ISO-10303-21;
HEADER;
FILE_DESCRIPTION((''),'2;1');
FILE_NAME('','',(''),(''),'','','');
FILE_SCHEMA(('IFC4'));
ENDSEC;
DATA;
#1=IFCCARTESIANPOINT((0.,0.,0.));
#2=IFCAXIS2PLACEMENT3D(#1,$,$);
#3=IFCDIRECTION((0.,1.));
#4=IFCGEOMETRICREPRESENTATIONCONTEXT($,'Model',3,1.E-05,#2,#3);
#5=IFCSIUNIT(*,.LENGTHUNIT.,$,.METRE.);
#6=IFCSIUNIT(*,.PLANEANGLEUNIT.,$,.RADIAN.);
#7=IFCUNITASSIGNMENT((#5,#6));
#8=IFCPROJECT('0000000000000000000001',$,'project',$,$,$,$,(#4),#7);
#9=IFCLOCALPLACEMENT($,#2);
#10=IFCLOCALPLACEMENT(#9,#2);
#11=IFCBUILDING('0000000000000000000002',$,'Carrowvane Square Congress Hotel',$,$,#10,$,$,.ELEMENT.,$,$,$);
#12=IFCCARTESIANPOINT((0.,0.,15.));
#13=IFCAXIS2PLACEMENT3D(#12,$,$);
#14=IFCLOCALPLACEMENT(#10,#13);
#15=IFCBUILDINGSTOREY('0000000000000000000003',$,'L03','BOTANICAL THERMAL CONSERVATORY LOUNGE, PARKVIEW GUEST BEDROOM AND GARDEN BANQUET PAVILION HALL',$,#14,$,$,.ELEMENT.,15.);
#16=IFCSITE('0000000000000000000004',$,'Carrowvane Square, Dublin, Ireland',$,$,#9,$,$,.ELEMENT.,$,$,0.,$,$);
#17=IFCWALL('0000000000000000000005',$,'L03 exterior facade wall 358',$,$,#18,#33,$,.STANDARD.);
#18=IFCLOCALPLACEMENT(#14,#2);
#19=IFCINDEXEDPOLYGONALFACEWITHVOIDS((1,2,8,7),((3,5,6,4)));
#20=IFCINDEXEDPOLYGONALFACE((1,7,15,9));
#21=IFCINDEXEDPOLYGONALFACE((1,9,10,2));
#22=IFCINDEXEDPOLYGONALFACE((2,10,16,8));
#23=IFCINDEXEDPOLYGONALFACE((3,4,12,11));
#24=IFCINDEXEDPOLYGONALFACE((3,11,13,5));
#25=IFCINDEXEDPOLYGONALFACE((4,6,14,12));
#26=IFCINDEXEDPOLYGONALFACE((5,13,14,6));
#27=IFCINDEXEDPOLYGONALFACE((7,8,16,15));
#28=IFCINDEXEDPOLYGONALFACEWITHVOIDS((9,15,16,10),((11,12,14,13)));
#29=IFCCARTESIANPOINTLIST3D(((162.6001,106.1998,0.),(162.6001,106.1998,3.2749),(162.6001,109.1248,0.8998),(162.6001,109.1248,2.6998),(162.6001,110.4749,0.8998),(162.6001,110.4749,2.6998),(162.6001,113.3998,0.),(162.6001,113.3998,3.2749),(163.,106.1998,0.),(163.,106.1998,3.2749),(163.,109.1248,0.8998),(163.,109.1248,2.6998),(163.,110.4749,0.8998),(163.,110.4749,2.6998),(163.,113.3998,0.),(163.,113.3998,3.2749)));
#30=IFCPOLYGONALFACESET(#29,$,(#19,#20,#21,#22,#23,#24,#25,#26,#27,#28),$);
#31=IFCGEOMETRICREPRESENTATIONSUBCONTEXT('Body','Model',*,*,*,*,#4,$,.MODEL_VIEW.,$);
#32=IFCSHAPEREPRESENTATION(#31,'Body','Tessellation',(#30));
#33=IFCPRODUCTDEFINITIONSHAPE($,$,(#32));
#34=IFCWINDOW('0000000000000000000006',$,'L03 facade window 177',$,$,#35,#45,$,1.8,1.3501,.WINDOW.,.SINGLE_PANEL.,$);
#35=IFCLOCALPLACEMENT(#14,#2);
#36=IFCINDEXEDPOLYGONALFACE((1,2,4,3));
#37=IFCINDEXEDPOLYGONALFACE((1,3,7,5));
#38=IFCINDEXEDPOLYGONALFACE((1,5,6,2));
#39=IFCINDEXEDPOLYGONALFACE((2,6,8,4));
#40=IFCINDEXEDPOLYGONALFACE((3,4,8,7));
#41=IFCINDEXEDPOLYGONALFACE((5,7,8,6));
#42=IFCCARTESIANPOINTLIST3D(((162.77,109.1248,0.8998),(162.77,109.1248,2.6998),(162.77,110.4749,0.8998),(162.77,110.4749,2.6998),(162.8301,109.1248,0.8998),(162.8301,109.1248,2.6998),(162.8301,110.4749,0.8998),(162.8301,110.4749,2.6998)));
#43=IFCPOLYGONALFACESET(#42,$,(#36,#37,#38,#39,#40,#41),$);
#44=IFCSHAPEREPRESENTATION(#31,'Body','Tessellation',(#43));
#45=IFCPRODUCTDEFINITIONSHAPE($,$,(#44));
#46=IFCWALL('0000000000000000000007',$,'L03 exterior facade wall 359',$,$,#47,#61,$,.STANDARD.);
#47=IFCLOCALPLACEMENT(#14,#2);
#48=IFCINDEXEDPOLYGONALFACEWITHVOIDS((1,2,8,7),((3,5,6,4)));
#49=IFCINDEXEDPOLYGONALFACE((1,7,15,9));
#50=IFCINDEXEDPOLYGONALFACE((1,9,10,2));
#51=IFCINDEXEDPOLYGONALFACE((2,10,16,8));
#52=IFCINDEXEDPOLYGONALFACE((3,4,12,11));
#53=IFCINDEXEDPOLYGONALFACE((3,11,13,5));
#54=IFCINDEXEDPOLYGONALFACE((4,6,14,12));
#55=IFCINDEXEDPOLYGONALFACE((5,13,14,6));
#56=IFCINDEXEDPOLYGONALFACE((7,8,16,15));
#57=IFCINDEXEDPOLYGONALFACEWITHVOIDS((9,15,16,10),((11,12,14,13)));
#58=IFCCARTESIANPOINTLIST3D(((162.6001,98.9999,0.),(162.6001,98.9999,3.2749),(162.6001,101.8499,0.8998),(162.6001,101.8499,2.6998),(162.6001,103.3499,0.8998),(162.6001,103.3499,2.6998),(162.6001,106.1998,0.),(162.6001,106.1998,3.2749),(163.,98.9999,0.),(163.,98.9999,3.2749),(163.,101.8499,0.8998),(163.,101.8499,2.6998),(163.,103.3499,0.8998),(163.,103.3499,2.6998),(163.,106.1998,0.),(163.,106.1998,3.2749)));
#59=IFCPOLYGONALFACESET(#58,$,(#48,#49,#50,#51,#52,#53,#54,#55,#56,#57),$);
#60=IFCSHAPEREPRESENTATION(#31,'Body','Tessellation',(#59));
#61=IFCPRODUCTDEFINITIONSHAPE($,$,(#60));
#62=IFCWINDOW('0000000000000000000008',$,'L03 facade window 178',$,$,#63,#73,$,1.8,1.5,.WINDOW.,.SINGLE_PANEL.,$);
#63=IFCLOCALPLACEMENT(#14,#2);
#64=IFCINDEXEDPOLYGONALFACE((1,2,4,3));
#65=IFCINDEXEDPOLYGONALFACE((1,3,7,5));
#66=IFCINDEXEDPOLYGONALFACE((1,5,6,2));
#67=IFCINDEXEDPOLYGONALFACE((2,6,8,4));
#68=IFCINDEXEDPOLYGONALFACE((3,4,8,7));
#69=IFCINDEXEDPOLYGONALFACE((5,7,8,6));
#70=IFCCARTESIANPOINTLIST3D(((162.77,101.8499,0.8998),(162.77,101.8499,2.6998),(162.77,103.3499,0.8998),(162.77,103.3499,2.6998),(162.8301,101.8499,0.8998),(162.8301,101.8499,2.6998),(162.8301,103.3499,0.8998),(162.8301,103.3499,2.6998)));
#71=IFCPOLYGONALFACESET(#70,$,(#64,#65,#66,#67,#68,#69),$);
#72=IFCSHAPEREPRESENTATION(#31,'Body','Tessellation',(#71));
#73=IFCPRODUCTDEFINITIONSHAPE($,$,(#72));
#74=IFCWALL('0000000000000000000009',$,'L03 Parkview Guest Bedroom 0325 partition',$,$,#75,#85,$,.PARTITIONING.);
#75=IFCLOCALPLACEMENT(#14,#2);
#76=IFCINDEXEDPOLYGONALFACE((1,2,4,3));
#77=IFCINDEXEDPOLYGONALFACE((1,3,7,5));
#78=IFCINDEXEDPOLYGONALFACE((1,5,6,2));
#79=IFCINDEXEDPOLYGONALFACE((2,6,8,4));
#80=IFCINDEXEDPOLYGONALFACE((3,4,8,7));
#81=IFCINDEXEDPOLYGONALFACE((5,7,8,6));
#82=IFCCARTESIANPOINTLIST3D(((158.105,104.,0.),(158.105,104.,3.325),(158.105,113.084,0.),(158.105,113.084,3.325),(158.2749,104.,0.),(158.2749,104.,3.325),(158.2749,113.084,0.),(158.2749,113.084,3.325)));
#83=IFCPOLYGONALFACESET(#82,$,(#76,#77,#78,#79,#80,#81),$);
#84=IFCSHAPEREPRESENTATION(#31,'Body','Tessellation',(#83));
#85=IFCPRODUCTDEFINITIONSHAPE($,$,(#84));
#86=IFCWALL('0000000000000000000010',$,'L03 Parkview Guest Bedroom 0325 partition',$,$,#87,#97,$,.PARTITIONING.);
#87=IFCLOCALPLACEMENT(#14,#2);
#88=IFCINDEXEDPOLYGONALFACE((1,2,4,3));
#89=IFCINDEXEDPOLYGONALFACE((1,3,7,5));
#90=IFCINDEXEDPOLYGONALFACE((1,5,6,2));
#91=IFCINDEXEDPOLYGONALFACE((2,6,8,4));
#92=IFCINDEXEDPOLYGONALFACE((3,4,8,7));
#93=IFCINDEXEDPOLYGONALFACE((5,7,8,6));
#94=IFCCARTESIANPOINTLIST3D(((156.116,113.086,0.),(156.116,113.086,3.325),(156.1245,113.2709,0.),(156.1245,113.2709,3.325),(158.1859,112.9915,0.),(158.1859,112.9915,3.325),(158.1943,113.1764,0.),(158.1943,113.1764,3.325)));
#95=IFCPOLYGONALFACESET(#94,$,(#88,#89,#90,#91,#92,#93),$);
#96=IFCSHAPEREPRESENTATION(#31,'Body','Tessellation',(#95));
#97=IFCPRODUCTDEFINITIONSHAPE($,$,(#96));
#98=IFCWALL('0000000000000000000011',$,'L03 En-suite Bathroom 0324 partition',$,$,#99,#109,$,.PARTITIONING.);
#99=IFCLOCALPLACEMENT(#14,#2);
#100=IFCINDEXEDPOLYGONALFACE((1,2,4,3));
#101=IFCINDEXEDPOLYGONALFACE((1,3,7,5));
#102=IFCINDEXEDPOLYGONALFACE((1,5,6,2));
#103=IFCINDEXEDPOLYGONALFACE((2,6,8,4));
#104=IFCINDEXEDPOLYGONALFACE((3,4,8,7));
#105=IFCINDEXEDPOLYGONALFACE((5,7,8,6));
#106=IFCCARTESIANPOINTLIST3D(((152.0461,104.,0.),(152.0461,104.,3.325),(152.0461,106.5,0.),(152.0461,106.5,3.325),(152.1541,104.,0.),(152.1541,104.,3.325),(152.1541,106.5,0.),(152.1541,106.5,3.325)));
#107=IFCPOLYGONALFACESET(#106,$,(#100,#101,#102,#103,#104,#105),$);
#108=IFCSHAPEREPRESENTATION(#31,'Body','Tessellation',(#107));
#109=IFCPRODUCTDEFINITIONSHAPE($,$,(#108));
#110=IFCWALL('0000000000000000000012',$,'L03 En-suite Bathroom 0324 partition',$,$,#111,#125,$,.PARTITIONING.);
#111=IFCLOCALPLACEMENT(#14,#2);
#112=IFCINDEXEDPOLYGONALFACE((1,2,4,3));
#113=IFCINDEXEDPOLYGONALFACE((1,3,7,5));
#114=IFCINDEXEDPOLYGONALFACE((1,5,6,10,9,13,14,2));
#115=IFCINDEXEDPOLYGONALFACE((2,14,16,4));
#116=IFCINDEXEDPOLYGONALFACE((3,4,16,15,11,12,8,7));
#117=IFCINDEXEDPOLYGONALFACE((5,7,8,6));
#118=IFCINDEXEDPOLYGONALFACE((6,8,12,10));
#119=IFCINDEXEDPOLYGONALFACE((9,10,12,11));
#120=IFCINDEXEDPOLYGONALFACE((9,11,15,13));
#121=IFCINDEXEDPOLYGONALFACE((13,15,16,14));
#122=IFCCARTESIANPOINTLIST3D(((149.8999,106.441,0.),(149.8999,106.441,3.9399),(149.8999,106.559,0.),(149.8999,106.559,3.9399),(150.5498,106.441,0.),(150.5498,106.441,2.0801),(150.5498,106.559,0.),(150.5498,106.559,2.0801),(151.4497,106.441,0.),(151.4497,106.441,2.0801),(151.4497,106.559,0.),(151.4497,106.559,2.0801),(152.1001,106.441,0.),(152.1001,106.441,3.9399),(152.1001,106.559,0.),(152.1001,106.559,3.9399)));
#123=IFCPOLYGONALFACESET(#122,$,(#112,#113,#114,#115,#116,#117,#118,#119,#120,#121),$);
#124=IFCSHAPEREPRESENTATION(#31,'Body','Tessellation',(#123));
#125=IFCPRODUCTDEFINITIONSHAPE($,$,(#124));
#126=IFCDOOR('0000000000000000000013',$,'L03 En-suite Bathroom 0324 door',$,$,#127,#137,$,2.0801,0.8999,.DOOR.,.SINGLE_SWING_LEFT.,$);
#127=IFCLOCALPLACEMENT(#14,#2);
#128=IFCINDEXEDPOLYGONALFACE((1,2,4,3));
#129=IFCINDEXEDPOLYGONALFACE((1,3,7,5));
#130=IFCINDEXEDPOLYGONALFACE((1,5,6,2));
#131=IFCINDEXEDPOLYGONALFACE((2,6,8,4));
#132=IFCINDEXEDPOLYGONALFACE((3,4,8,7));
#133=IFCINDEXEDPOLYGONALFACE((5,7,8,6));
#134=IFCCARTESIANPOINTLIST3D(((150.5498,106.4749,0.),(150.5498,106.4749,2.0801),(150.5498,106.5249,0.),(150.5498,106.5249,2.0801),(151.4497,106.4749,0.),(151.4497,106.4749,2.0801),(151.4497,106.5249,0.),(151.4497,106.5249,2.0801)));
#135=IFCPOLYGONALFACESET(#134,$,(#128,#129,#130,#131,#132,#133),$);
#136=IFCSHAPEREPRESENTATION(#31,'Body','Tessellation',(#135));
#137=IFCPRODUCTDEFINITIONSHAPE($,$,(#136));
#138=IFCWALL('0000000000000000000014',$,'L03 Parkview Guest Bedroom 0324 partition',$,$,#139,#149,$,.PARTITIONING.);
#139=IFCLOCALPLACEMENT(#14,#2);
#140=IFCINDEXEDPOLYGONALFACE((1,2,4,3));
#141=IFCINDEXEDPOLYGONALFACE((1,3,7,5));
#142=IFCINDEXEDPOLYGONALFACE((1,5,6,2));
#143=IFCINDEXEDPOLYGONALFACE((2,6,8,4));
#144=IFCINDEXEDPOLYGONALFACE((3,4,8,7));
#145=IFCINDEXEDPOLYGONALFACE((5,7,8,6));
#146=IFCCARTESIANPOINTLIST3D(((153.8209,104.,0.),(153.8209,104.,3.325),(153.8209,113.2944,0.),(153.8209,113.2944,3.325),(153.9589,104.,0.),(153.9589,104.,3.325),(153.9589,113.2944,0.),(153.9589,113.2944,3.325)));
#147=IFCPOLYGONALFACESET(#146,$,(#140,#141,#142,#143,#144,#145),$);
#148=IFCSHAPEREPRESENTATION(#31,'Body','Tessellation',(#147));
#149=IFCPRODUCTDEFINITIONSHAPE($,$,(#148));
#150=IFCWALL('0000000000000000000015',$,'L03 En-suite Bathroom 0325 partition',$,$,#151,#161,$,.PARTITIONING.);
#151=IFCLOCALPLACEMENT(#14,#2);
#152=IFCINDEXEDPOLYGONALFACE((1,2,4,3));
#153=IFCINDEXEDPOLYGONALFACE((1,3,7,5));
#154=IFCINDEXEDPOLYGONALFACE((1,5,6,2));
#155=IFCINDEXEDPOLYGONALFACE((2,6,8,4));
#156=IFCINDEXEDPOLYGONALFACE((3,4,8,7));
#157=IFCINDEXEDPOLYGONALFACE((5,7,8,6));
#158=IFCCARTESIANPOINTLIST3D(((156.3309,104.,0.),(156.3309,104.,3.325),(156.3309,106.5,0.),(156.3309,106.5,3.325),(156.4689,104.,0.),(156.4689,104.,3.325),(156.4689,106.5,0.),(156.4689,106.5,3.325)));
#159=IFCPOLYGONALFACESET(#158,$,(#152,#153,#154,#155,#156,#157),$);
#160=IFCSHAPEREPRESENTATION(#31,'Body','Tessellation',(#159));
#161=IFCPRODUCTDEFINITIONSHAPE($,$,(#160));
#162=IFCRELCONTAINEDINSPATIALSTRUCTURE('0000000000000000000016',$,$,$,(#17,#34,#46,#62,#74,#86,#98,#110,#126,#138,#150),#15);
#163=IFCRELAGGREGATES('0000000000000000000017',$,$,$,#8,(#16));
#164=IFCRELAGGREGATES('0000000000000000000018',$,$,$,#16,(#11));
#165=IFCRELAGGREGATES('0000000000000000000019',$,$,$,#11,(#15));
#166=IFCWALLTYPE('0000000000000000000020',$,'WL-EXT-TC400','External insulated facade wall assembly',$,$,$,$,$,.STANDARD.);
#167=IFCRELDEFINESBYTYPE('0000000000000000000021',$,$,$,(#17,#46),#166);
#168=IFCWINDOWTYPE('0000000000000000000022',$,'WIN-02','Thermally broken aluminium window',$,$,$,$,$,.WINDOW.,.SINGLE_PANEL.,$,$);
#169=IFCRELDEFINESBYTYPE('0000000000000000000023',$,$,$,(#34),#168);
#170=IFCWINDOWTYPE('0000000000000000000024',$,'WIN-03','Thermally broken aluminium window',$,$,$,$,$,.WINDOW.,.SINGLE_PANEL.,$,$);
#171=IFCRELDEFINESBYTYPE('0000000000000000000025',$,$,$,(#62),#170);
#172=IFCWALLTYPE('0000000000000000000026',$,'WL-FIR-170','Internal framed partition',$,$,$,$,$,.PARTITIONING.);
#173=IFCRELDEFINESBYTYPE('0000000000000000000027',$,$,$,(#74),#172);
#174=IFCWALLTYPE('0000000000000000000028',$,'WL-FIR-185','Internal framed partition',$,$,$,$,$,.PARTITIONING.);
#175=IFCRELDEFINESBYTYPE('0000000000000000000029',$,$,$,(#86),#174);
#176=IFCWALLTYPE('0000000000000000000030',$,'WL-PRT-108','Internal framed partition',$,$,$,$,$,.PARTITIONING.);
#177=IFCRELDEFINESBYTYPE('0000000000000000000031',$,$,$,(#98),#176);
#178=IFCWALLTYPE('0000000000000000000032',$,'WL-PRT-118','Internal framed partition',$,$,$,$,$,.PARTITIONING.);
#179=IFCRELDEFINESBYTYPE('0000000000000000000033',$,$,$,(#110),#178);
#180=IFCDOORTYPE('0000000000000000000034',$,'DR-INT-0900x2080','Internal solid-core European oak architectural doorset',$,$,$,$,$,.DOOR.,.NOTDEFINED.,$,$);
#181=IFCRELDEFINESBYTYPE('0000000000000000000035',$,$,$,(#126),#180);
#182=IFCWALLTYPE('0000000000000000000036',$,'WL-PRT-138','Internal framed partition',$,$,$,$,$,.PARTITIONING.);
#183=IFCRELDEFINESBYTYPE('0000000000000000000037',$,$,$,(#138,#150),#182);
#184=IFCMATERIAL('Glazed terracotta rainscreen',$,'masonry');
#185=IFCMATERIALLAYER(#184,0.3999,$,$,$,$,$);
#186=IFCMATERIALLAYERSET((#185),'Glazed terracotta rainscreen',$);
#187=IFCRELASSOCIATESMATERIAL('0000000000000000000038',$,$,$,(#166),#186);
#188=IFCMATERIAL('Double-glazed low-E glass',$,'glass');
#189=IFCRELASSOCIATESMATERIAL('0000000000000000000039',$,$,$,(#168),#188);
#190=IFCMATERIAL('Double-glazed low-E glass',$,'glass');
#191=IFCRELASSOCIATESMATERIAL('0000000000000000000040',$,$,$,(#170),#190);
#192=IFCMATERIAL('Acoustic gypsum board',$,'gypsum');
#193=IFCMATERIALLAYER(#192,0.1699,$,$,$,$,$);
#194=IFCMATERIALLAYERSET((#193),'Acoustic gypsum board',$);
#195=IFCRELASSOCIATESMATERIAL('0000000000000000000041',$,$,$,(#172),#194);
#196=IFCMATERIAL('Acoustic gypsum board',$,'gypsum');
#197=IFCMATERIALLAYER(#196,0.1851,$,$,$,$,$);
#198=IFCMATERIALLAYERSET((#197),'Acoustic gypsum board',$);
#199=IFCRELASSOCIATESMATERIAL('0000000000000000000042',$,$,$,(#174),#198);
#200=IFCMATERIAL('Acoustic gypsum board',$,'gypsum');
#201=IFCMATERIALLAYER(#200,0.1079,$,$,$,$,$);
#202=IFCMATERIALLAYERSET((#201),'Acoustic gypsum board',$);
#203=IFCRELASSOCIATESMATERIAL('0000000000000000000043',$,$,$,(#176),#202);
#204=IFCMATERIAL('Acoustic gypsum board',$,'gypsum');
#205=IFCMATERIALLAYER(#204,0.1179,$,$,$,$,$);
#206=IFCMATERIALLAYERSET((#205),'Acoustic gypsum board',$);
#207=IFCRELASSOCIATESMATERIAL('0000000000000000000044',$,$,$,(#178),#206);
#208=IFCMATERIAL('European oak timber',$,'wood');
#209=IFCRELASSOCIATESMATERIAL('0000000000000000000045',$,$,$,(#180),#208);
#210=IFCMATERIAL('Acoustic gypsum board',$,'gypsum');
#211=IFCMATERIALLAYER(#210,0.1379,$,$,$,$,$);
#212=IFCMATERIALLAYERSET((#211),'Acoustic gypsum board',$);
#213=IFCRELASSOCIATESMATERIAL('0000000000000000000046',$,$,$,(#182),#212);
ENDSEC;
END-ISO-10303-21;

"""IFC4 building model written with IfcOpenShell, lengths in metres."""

from ifc_helpers import new_model, si_unit, direction, frame, frame_2d, origin, place, context, subcontext, project, spatial, rectangle, extrude, material, layer, layer_set, type_object, element, fill, save


model = new_model("IFC4")

# Units and contexts
model_context = context("Model", 3, precision=1e-05, world=origin(), true_north=direction((0.0, 1.0)))
body_context = subcontext(model_context, "Body", "Model", "MODEL_VIEW")
ifc_project = project(units=[si_unit("LENGTHUNIT", "METRE"), si_unit("PLANEANGLEUNIT", "RADIAN")], contexts=[model_context])

# Site, building, storey
site_placement = place(None, origin())
site = spatial("IfcSite", under=ifc_project, at=site_placement, Name="Carrowvane Square, Dublin, Ireland", CompositionType="ELEMENT", RefElevation=0.0)
building_placement = place(site_placement, origin())
building = spatial("IfcBuilding", under=site, at=building_placement, Name="Carrowvane Square Congress Hotel", CompositionType="ELEMENT")
storey_placement = place(building_placement, frame((0.0, 0.0, 15.0)))
storey = spatial("IfcBuildingStorey", under=building, at=storey_placement, Name="L03", Description="BOTANICAL THERMAL CONSERVATORY LOUNGE, PARKVIEW GUEST BEDROOM AND GARDEN BANQUET PAVILION HALL", CompositionType="ELEMENT", Elevation=15.0)

# Shared definitions
ifc_material_1 = material(Name="Glazed terracotta rainscreen", Category="masonry")
ifc_layer_1 = layer(ifc_material_1, 0.3999)
ifc_layer_set_1 = layer_set([ifc_layer_1], Name="Glazed terracotta rainscreen")
wall_type_1 = type_object("IfcWallType", Name="WL-EXT-TC400", Description="External insulated facade wall assembly", PredefinedType="STANDARD", material=ifc_layer_set_1)

# Walls, openings, windows
wall_1_placement = place(storey_placement, frame((162.8, 113.3999, 0.0), z_axis=(0.0, 0.0, 1.0), x_axis=(0.0, -1.0, 0.0)))
wall_1 = element("IfcWall", 1, at=wall_1_placement, inside=storey, type_object=wall_type_1, Name="L03 exterior facade wall 358", PredefinedType="STANDARD", context=body_context, shape_type="SweptSolid", body=[
    extrude(rectangle(XDim=7.2, YDim=0.3999, at=frame_2d((3.6001, 0.0))), origin(), (0.0, 0.0, 1.0), 3.2749),
])
opening_1_placement = place(wall_1_placement, frame((2.925, 0.0, 0.8999)))
opening_1 = element("IfcOpeningElement", 2, at=opening_1_placement, cuts=wall_1, PredefinedType="OPENING", context=body_context, shape_type="SweptSolid", body=[
    extrude(rectangle(XDim=1.3501, YDim=1.8, at=frame_2d((0.675, 0.8999))), frame((0.0, 0.21, 0.0), z_axis=(0.0, -1.0, 0.0), x_axis=(1.0, 0.0, 0.0)), (0.0, 0.0, 1.0), 0.4199),
])
ifc_material_2 = material(Name="Double-glazed low-E glass", Category="glass")
window_type_1 = type_object("IfcWindowType", Name="WIN-02", Description="Thermally broken aluminium window", PartitioningType="SINGLE_PANEL", PredefinedType="WINDOW", material=ifc_material_2)
window_1_placement = place(opening_1_placement, origin())
window_1 = element("IfcWindow", 3, at=window_1_placement, inside=storey, type_object=window_type_1, Name="L03 facade window 177", OverallHeight=1.8, OverallWidth=1.3501, PartitioningType="SINGLE_PANEL", PredefinedType="WINDOW", context=body_context, shape_type="SweptSolid", body=[
    extrude(rectangle(XDim=1.3501, YDim=1.8, at=frame_2d((0.675, 0.8999))), frame((0.0, 0.03, 0.0), z_axis=(0.0, -1.0, 0.0), x_axis=(1.0, 0.0, 0.0)), (0.0, 0.0, 1.0), 0.0601),
])
fill(opening_1, window_1)
wall_2_placement = place(storey_placement, frame((162.8, 106.2, 0.0), z_axis=(0.0, 0.0, 1.0), x_axis=(0.0, -1.0, 0.0)))
wall_2 = element("IfcWall", 4, at=wall_2_placement, inside=storey, type_object=wall_type_1, Name="L03 exterior facade wall 359", PredefinedType="STANDARD", context=body_context, shape_type="SweptSolid", body=[
    extrude(rectangle(XDim=7.2, YDim=0.3999, at=frame_2d((3.6001, 0.0))), origin(), (0.0, 0.0, 1.0), 3.2749),
])
opening_2_placement = place(wall_2_placement, frame((2.8501, 0.0, 0.8999)))
opening_2 = element("IfcOpeningElement", 5, at=opening_2_placement, cuts=wall_2, PredefinedType="OPENING", context=body_context, shape_type="SweptSolid", body=[
    extrude(rectangle(XDim=1.5, YDim=1.8, at=frame_2d((0.75, 0.8999))), frame((0.0, 0.21, 0.0), z_axis=(0.0, -1.0, 0.0), x_axis=(1.0, 0.0, 0.0)), (0.0, 0.0, 1.0), 0.4199),
])
ifc_material_3 = material(Name="Double-glazed low-E glass", Category="glass")
window_type_2 = type_object("IfcWindowType", Name="WIN-03", Description="Thermally broken aluminium window", PartitioningType="SINGLE_PANEL", PredefinedType="WINDOW", material=ifc_material_3)
window_2_placement = place(opening_2_placement, origin())
window_2 = element("IfcWindow", 6, at=window_2_placement, inside=storey, type_object=window_type_2, Name="L03 facade window 178", OverallHeight=1.8, OverallWidth=1.5, PartitioningType="SINGLE_PANEL", PredefinedType="WINDOW", context=body_context, shape_type="SweptSolid", body=[
    extrude(rectangle(XDim=1.5, YDim=1.8, at=frame_2d((0.75, 0.8999))), frame((0.0, 0.03, 0.0), z_axis=(0.0, -1.0, 0.0), x_axis=(1.0, 0.0, 0.0)), (0.0, 0.0, 1.0), 0.0601),
])
fill(opening_2, window_2)

# Walls
ifc_material_4 = material(Name="Acoustic gypsum board", Category="gypsum")
ifc_layer_2 = layer(ifc_material_4, 0.1699)
ifc_layer_set_2 = layer_set([ifc_layer_2], Name="Acoustic gypsum board")
wall_type_2 = type_object("IfcWallType", Name="WL-FIR-170", Description="Internal framed partition", PredefinedType="PARTITIONING", material=ifc_layer_set_2)
wall_3_placement = place(storey_placement, frame((158.1899, 113.084, 0.0), z_axis=(0.0, 0.0, 1.0), x_axis=(0.0, -1.0, 0.0)))
element("IfcWall", 7, at=wall_3_placement, inside=storey, type_object=wall_type_2, Name="L03 Parkview Guest Bedroom 0325 partition", PredefinedType="PARTITIONING", context=body_context, shape_type="SweptSolid", body=[
    extrude(rectangle(XDim=9.084, YDim=0.1699, at=frame_2d((4.542, 0.0))), origin(), (0.0, 0.0, 1.0), 3.325),
])
ifc_material_5 = material(Name="Acoustic gypsum board", Category="gypsum")
ifc_layer_3 = layer(ifc_material_5, 0.1851)
ifc_layer_set_3 = layer_set([ifc_layer_3], Name="Acoustic gypsum board")
wall_type_3 = type_object("IfcWallType", Name="WL-FIR-185", Description="Internal framed partition", PredefinedType="PARTITIONING", material=ifc_layer_set_3)
wall_4_placement = place(storey_placement, frame((156.1201, 113.1785, 0.0), z_axis=(0.0, 0.0, 1.0), x_axis=(0.99896, -0.0456, 0.0)))
element("IfcWall", 8, at=wall_4_placement, inside=storey, type_object=wall_type_3, Name="L03 Parkview Guest Bedroom 0325 partition", PredefinedType="PARTITIONING", context=body_context, shape_type="SweptSolid", body=[
    extrude(rectangle(XDim=2.072, YDim=0.1851, at=frame_2d((1.0361, 0.0))), origin(), (0.0, 0.0, 1.0), 3.325),
])
ifc_material_6 = material(Name="Acoustic gypsum board", Category="gypsum")
ifc_layer_4 = layer(ifc_material_6, 0.1079)
ifc_layer_set_4 = layer_set([ifc_layer_4], Name="Acoustic gypsum board")
wall_type_4 = type_object("IfcWallType", Name="WL-PRT-108", Description="Internal framed partition", PredefinedType="PARTITIONING", material=ifc_layer_set_4)
wall_5_placement = place(storey_placement, frame((152.1001, 106.5, 0.0), z_axis=(0.0, 0.0, 1.0), x_axis=(0.0, -1.0, 0.0)))
element("IfcWall", 9, at=wall_5_placement, inside=storey, type_object=wall_type_4, Name="L03 En-suite Bathroom 0324 partition", PredefinedType="PARTITIONING", context=body_context, shape_type="SweptSolid", body=[
    extrude(rectangle(XDim=2.5, YDim=0.1079, at=frame_2d((1.25, 0.0))), origin(), (0.0, 0.0, 1.0), 3.325),
])

# Wall, opening, door
ifc_material_7 = material(Name="Acoustic gypsum board", Category="gypsum")
ifc_layer_5 = layer(ifc_material_7, 0.1179)
ifc_layer_set_5 = layer_set([ifc_layer_5], Name="Acoustic gypsum board")
wall_type_5 = type_object("IfcWallType", Name="WL-PRT-118", Description="Internal framed partition", PredefinedType="PARTITIONING", material=ifc_layer_set_5)
wall_6_placement = place(storey_placement, frame((149.8999, 106.5, 0.0), z_axis=(0.0, 0.0, 1.0), x_axis=(1.0, 0.0, 0.0)))
wall_6 = element("IfcWall", 10, at=wall_6_placement, inside=storey, type_object=wall_type_5, Name="L03 En-suite Bathroom 0324 partition", PredefinedType="PARTITIONING", context=body_context, shape_type="SweptSolid", body=[
    extrude(rectangle(XDim=2.2002, YDim=0.1179, at=frame_2d((1.1001, 0.0))), origin(), (0.0, 0.0, 1.0), 3.9399),
])
opening_3_placement = place(wall_6_placement, frame((0.6499, 0.0, 0.0)))
opening_3 = element("IfcOpeningElement", 11, at=opening_3_placement, cuts=wall_6, PredefinedType="OPENING", context=body_context, shape_type="SweptSolid", body=[
    extrude(rectangle(XDim=0.8999, YDim=2.0801, at=frame_2d((0.45, 1.04))), frame((0.0, 0.0688, 0.0), z_axis=(0.0, -1.0, 0.0), x_axis=(1.0, 0.0, 0.0)), (0.0, 0.0, 1.0), 0.1379),
])
ifc_material_8 = material(Name="European oak timber", Category="wood")
door_type = type_object("IfcDoorType", Name="DR-INT-0900x2080", Description="Internal solid-core European oak architectural doorset", OperationType="NOTDEFINED", PredefinedType="DOOR", material=ifc_material_8)
door_placement = place(opening_3_placement, origin())
door = element("IfcDoor", 12, at=door_placement, inside=storey, type_object=door_type, Name="L03 En-suite Bathroom 0324 door", OperationType="SINGLE_SWING_LEFT", OverallHeight=2.0801, OverallWidth=0.8999, PredefinedType="DOOR", context=body_context, shape_type="SweptSolid", body=[
    extrude(rectangle(XDim=0.8999, YDim=2.0801, at=frame_2d((0.45, 1.04))), frame((0.0, 0.0249, 0.0), z_axis=(0.0, -1.0, 0.0), x_axis=(1.0, 0.0, 0.0)), (0.0, 0.0, 1.0), 0.05),
])
fill(opening_3, door)

# Walls
ifc_material_9 = material(Name="Acoustic gypsum board", Category="gypsum")
ifc_layer_6 = layer(ifc_material_9, 0.1379)
ifc_layer_set_6 = layer_set([ifc_layer_6], Name="Acoustic gypsum board")
wall_type_6 = type_object("IfcWallType", Name="WL-PRT-138", Description="Internal framed partition", PredefinedType="PARTITIONING", material=ifc_layer_set_6)
wall_7_placement = place(storey_placement, frame((153.8899, 113.2944, 0.0), z_axis=(0.0, 0.0, 1.0), x_axis=(0.0, -1.0, 0.0)))
element("IfcWall", 13, at=wall_7_placement, inside=storey, type_object=wall_type_6, Name="L03 Parkview Guest Bedroom 0324 partition", PredefinedType="PARTITIONING", context=body_context, shape_type="SweptSolid", body=[
    extrude(rectangle(XDim=9.2944, YDim=0.1379, at=frame_2d((4.6472, 0.0))), origin(), (0.0, 0.0, 1.0), 3.325),
])
wall_8_placement = place(storey_placement, frame((156.3999, 106.5, 0.0), z_axis=(0.0, 0.0, 1.0), x_axis=(0.0, -1.0, 0.0)))
element("IfcWall", 14, at=wall_8_placement, inside=storey, type_object=wall_type_6, Name="L03 En-suite Bathroom 0325 partition", PredefinedType="PARTITIONING", context=body_context, shape_type="SweptSolid", body=[
    extrude(rectangle(XDim=2.5, YDim=0.1379, at=frame_2d((1.25, 0.0))), origin(), (0.0, 0.0, 1.0), 3.325),
])

save(model, "model.ifc")
